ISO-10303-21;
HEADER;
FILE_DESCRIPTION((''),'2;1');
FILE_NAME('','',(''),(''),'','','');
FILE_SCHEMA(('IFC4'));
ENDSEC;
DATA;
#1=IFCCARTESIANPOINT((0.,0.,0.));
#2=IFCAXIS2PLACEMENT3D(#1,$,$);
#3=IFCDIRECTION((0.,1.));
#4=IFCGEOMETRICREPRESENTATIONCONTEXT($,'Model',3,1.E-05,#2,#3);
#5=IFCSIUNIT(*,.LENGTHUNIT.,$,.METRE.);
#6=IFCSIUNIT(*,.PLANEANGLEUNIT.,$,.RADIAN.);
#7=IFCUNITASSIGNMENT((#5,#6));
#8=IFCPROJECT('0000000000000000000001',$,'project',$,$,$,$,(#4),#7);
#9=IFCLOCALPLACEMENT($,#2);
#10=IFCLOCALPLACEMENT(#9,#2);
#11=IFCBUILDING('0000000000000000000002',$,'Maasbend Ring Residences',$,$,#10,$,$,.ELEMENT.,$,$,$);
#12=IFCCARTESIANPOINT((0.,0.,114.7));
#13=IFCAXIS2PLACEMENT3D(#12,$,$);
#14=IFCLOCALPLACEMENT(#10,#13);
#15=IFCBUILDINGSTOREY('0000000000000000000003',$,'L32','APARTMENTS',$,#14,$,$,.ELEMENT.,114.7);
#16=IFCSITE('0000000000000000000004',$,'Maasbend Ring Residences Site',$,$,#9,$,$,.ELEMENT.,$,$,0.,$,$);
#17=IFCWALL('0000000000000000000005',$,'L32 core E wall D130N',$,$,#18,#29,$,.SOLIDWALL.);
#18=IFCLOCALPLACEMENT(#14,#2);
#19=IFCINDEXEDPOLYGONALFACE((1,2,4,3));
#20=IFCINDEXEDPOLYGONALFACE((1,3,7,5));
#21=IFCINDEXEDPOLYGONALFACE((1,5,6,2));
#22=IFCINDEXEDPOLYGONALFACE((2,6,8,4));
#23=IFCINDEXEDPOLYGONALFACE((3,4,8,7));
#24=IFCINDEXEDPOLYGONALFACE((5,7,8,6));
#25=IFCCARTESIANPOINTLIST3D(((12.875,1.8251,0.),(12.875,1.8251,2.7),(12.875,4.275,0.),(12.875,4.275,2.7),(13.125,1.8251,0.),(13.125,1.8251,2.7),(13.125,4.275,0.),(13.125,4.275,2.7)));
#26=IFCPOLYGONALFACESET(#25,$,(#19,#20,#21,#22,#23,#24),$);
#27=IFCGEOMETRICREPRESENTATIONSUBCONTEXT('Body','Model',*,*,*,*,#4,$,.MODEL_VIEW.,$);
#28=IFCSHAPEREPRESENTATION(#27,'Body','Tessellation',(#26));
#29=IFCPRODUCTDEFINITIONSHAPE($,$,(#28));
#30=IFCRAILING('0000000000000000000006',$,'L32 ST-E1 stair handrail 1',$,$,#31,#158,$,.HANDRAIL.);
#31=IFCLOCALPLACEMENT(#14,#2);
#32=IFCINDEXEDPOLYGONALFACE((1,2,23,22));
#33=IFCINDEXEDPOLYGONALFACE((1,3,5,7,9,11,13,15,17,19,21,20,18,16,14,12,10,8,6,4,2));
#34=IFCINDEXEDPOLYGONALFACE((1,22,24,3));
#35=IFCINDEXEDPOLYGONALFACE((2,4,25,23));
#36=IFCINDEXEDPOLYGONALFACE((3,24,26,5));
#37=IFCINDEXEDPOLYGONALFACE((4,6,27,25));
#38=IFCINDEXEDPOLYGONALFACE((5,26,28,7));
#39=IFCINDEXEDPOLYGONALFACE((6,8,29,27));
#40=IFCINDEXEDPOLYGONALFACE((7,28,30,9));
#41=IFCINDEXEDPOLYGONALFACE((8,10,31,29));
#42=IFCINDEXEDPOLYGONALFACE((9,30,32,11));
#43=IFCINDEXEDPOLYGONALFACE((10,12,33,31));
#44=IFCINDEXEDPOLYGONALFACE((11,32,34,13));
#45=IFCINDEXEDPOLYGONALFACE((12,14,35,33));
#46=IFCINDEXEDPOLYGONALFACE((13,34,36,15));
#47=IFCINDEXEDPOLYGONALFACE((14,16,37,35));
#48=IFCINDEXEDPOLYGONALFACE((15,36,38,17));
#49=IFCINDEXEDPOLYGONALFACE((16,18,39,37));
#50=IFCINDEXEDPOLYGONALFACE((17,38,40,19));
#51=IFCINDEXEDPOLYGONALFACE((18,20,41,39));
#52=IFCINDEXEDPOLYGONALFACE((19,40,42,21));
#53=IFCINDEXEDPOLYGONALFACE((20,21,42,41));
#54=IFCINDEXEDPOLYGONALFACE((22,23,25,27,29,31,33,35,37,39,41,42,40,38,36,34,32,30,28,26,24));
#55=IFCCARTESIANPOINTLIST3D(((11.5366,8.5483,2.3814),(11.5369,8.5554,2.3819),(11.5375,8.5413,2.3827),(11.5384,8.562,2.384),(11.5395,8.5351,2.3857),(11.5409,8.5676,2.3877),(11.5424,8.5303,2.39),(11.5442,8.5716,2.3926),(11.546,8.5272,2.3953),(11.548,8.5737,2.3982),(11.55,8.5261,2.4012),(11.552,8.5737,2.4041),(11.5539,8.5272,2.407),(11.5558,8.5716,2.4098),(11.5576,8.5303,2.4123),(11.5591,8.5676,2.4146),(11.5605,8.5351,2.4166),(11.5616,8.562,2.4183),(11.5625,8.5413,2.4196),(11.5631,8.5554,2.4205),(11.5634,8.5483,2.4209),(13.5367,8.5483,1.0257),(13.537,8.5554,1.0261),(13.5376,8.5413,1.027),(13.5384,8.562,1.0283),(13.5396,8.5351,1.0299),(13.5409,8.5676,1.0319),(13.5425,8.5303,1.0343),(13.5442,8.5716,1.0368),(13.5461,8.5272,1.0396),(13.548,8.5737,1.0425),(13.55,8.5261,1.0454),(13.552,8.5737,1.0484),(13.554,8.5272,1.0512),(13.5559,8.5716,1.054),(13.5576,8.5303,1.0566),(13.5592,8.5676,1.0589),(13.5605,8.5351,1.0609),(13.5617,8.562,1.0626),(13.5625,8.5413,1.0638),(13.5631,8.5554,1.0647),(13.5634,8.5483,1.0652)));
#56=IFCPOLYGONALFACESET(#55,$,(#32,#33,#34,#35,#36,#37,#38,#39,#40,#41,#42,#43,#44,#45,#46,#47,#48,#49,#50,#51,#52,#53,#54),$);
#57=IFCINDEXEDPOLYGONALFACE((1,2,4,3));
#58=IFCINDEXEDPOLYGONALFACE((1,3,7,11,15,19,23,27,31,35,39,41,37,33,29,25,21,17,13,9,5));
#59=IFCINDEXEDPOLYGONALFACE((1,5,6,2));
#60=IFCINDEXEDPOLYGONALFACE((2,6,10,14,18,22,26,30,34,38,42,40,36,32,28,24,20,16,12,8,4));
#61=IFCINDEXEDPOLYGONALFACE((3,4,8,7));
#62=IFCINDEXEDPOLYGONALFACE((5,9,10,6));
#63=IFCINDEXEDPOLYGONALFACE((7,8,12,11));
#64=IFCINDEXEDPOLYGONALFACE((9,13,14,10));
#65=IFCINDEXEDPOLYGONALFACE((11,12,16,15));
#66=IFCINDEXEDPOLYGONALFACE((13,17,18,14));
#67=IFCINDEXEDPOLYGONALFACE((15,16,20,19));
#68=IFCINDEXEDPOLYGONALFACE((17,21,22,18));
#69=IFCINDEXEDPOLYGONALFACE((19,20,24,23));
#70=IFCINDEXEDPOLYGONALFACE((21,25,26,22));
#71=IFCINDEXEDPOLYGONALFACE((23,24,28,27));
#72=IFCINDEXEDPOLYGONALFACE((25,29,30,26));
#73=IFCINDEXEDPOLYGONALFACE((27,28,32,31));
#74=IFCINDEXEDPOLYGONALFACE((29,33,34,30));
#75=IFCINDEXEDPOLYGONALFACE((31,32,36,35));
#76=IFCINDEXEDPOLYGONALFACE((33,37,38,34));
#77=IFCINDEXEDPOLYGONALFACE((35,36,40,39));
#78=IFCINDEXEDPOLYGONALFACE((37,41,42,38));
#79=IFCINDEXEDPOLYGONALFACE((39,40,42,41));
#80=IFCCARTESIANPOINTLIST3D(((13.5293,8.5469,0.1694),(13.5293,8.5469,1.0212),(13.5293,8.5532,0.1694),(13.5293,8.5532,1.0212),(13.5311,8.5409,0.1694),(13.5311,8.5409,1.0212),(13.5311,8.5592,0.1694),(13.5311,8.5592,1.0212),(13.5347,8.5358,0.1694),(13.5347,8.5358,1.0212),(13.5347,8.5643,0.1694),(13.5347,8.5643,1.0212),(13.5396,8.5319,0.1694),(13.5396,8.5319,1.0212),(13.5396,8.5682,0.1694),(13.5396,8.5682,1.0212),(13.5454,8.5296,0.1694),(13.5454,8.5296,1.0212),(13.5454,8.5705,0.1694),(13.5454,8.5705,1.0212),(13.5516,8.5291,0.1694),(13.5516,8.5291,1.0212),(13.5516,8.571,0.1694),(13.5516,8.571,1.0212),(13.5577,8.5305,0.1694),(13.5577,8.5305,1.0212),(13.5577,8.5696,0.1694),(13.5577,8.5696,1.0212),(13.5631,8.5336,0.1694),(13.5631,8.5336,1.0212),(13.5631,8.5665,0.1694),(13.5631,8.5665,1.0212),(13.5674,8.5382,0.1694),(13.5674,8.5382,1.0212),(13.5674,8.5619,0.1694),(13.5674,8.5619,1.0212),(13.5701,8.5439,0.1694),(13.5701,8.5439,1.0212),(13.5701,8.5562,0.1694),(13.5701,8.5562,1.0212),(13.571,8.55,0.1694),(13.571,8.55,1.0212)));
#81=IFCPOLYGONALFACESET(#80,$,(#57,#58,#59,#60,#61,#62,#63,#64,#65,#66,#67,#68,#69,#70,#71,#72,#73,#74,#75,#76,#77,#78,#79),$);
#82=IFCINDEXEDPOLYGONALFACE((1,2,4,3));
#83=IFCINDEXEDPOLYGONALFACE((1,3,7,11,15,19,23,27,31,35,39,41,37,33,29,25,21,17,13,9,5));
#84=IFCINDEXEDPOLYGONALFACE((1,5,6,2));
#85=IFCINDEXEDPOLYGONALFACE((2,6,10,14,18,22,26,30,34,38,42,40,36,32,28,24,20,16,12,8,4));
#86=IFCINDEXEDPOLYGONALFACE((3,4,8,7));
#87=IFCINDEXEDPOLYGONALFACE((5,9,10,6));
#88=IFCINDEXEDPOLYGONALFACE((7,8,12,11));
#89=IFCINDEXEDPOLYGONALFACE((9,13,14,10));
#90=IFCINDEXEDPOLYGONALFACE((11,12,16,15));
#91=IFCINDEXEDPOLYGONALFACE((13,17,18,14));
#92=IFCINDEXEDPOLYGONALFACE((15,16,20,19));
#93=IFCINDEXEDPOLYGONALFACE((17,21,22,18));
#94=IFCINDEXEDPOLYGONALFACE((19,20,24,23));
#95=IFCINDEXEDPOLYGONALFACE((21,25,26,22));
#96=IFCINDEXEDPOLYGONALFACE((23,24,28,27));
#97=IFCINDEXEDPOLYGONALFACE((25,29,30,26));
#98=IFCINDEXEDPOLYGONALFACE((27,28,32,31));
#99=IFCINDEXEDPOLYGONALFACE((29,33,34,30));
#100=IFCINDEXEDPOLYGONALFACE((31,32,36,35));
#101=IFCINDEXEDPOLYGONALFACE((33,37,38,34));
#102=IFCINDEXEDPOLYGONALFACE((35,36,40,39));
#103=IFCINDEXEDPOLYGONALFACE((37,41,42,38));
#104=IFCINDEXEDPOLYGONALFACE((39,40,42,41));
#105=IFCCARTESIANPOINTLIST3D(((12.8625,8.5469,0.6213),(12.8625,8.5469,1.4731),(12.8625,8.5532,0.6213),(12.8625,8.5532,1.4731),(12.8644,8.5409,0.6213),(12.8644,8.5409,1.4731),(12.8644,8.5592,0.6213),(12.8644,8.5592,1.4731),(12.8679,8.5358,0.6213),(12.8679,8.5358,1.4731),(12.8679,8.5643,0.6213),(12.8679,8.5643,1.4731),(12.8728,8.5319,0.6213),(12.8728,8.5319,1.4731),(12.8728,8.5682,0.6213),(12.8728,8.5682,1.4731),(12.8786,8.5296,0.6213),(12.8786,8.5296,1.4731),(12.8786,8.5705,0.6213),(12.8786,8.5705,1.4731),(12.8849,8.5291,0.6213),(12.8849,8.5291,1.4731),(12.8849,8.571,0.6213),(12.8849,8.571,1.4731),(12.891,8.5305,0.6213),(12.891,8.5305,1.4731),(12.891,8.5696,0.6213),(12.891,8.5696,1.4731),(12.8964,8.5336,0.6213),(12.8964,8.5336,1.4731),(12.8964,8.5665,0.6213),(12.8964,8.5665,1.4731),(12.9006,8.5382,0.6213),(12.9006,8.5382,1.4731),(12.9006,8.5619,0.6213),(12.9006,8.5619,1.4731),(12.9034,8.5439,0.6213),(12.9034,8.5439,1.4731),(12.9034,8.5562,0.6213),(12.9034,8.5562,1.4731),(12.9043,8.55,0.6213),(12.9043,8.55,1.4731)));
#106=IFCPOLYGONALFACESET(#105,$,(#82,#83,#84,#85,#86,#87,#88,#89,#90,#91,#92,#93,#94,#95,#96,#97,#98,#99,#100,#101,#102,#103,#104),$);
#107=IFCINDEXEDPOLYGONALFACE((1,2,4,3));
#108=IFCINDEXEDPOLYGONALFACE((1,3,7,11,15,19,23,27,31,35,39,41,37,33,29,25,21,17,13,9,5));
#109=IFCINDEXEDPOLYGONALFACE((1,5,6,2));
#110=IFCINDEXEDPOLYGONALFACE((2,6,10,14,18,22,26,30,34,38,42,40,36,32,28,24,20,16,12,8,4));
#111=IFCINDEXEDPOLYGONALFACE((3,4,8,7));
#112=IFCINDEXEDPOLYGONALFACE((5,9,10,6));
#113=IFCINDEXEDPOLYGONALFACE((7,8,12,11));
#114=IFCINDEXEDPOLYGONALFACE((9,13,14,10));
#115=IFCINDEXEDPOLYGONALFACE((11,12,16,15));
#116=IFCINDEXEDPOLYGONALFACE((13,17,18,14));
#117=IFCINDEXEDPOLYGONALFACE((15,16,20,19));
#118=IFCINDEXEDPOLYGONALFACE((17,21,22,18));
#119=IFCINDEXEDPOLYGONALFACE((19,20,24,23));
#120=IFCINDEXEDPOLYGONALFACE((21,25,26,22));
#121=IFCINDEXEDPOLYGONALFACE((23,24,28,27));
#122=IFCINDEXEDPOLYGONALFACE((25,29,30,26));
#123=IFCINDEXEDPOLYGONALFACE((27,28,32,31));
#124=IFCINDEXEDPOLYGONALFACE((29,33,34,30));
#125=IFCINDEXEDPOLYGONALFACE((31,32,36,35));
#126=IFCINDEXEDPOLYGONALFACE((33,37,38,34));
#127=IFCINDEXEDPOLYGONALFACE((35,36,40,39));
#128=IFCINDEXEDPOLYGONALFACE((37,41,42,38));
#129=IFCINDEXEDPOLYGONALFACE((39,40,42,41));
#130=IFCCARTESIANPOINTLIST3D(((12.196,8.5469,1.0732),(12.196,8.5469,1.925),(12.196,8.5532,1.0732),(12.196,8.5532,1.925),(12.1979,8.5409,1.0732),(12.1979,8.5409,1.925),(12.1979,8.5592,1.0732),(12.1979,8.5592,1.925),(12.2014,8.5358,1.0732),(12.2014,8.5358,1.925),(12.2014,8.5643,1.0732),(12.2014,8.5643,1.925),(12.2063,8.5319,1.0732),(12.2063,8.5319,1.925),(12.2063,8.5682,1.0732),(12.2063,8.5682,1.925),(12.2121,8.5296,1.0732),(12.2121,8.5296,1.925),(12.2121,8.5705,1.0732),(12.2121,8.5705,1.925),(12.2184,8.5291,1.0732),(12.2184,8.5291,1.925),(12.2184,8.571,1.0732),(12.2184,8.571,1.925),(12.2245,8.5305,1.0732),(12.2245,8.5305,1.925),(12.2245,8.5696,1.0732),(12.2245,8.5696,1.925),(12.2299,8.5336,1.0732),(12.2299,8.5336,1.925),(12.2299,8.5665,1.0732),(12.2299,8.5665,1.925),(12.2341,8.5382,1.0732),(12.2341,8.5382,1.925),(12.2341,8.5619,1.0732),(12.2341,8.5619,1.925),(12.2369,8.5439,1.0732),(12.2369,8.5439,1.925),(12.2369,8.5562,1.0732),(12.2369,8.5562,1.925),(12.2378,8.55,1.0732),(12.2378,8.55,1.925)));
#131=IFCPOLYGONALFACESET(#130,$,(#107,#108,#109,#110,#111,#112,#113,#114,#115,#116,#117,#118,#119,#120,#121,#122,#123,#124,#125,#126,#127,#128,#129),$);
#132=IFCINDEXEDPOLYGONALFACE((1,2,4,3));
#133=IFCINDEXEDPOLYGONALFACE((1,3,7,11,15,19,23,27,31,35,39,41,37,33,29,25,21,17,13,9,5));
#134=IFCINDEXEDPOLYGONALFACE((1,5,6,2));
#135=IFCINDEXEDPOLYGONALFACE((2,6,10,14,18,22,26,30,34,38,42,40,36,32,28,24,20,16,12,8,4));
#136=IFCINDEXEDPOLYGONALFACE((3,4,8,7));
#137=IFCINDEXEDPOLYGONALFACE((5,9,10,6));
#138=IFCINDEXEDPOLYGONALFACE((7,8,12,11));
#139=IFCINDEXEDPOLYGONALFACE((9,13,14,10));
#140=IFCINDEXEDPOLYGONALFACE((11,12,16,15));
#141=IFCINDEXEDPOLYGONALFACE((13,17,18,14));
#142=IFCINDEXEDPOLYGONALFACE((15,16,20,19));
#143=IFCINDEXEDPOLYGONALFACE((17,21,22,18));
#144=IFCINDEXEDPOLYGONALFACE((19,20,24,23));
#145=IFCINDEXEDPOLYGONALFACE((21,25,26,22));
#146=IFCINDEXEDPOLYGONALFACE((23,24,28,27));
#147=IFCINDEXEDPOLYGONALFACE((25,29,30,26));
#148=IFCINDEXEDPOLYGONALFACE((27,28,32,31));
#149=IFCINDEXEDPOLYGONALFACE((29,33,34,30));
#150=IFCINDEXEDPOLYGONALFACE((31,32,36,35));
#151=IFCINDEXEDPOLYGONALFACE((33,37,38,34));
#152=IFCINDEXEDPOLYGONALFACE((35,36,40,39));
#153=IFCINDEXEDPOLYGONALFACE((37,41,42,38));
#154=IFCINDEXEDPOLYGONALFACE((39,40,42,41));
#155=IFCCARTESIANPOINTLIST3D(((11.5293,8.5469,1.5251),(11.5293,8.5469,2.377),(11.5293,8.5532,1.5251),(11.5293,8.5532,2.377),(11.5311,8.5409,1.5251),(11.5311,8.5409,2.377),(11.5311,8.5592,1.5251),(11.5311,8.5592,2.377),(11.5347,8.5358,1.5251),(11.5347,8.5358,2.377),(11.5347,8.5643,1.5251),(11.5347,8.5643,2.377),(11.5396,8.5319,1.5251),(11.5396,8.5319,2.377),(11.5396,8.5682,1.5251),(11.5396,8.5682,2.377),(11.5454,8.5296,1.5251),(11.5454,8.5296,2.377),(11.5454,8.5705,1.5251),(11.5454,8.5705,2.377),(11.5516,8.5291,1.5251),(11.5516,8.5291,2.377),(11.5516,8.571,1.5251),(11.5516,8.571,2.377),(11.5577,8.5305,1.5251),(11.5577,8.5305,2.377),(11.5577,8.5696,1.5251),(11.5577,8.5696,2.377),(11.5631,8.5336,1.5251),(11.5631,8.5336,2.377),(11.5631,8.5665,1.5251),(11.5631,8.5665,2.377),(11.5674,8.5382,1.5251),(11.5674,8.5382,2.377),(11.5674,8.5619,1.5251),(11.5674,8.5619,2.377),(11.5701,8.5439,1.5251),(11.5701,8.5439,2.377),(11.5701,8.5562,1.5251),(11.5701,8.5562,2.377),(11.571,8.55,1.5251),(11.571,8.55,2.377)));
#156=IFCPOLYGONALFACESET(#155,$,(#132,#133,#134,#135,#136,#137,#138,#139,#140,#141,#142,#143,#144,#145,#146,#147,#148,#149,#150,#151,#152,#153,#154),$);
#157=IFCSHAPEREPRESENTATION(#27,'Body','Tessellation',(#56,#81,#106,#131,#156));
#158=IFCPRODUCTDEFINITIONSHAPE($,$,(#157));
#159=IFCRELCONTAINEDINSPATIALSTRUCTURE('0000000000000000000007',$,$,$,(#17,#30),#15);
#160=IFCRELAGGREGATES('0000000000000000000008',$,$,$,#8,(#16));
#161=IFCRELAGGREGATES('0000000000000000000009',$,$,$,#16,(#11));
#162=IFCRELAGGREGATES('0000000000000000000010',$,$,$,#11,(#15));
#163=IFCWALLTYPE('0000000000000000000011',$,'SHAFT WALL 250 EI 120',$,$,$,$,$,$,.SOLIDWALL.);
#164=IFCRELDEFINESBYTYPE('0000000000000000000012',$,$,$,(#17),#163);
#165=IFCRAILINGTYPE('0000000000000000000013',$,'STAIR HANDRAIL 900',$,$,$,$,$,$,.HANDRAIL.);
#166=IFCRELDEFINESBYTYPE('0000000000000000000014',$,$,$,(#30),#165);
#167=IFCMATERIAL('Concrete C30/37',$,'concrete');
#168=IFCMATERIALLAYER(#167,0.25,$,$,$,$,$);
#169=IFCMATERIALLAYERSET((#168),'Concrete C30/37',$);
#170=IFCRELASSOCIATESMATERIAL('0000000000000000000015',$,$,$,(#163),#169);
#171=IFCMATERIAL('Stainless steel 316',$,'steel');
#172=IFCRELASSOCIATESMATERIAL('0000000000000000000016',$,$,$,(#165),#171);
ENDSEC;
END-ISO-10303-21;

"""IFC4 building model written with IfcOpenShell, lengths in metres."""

from ifc_helpers import new_model, si_unit, direction, frame, frame_2d, origin, origin_2d, place, context, subcontext, project, spatial, rectangle, circle, extrude, material, layer, layer_set, type_object, element, save


model = new_model("IFC4")

# Units and contexts
model_context = context("Model", 3, precision=1e-05, world=origin(), true_north=direction((0.0, 1.0)))
body_context = subcontext(model_context, "Body", "Model", "MODEL_VIEW")
ifc_project = project(units=[si_unit("LENGTHUNIT", "METRE"), si_unit("PLANEANGLEUNIT", "RADIAN")], contexts=[model_context])

# Site, building, storey
site_placement = place(None, origin())
site = spatial("IfcSite", under=ifc_project, at=site_placement, Name="Maasbend Ring Residences Site", CompositionType="ELEMENT", RefElevation=0.0)
building_placement = place(site_placement, origin())
building = spatial("IfcBuilding", under=site, at=building_placement, Name="Maasbend Ring Residences", CompositionType="ELEMENT")
storey_placement = place(building_placement, frame((0.0, 0.0, 114.7)))
storey = spatial("IfcBuildingStorey", under=building, at=storey_placement, Name="L32", Description="APARTMENTS", CompositionType="ELEMENT", Elevation=114.7)

# Wall
ifc_material_1 = material(Name="Concrete C30/37", Category="concrete")
ifc_layer_1 = layer(ifc_material_1, 0.25)
ifc_layer_set_1 = layer_set([ifc_layer_1], Name="Concrete C30/37")
wall_type_1 = type_object("IfcWallType", Name="SHAFT WALL 250 EI 120", PredefinedType="SOLIDWALL", material=ifc_layer_set_1)
for number, where, z_axis, x_axis, name in (
    (1, (13.0, 1.825, 0.0), (0.0, 0.0, 1.0), (0.0, 1.0, 0.0), "L32 core E wall D130N"),
):
    element("IfcWall", number, at=place(storey_placement, frame(where, z_axis=z_axis, x_axis=x_axis)), inside=storey, type_object=wall_type_1, Name=name, PredefinedType="SOLIDWALL", context=body_context, shape_type="SweptSolid", body=[
        extrude(rectangle(XDim=2.45, YDim=0.25, at=frame_2d((1.2251, 0.0))), origin(), (0.0, 0.0, 1.0), 2.7),
    ])

# Railing
ifc_material_2 = material(Name="Stainless steel 316", Category="steel")
railing_type_1 = type_object("IfcRailingType", Name="STAIR HANDRAIL 900", PredefinedType="HANDRAIL", material=ifc_material_2)
railing_1_placement = place(storey_placement, frame((13.55, 8.55, 0.1694)))
element("IfcRailing", 2, at=railing_1_placement, inside=storey, type_object=railing_type_1, Name="L32 ST-E1 stair handrail 1", PredefinedType="HANDRAIL", context=body_context, shape_type="SweptSolid", body=[
    extrude(circle(Radius=0.0239, at=origin_2d()), frame((0.0, 0.0, 0.876), z_axis=(-0.827751, 0.0, 0.561096), x_axis=(0.0, -1.0, 0.0)), (0.0, 0.0, 1.0), 2.4163),
    extrude(circle(Radius=0.021, at=origin_2d()), origin(), (0.0, 0.0, 1.0), 0.8518),
    extrude(circle(Radius=0.021, at=origin_2d()), frame((-0.6667, 0.0, 0.4519)), (0.0, 0.0, 1.0), 0.8518),
    extrude(circle(Radius=0.021, at=origin_2d()), frame((-1.3333, 0.0, 0.9038)), (0.0, 0.0, 1.0), 0.8518),
    extrude(circle(Radius=0.021, at=origin_2d()), frame((-2.0, 0.0, 1.3557)), (0.0, 0.0, 1.0), 0.8518),
])

save(model, "model.ifc")
